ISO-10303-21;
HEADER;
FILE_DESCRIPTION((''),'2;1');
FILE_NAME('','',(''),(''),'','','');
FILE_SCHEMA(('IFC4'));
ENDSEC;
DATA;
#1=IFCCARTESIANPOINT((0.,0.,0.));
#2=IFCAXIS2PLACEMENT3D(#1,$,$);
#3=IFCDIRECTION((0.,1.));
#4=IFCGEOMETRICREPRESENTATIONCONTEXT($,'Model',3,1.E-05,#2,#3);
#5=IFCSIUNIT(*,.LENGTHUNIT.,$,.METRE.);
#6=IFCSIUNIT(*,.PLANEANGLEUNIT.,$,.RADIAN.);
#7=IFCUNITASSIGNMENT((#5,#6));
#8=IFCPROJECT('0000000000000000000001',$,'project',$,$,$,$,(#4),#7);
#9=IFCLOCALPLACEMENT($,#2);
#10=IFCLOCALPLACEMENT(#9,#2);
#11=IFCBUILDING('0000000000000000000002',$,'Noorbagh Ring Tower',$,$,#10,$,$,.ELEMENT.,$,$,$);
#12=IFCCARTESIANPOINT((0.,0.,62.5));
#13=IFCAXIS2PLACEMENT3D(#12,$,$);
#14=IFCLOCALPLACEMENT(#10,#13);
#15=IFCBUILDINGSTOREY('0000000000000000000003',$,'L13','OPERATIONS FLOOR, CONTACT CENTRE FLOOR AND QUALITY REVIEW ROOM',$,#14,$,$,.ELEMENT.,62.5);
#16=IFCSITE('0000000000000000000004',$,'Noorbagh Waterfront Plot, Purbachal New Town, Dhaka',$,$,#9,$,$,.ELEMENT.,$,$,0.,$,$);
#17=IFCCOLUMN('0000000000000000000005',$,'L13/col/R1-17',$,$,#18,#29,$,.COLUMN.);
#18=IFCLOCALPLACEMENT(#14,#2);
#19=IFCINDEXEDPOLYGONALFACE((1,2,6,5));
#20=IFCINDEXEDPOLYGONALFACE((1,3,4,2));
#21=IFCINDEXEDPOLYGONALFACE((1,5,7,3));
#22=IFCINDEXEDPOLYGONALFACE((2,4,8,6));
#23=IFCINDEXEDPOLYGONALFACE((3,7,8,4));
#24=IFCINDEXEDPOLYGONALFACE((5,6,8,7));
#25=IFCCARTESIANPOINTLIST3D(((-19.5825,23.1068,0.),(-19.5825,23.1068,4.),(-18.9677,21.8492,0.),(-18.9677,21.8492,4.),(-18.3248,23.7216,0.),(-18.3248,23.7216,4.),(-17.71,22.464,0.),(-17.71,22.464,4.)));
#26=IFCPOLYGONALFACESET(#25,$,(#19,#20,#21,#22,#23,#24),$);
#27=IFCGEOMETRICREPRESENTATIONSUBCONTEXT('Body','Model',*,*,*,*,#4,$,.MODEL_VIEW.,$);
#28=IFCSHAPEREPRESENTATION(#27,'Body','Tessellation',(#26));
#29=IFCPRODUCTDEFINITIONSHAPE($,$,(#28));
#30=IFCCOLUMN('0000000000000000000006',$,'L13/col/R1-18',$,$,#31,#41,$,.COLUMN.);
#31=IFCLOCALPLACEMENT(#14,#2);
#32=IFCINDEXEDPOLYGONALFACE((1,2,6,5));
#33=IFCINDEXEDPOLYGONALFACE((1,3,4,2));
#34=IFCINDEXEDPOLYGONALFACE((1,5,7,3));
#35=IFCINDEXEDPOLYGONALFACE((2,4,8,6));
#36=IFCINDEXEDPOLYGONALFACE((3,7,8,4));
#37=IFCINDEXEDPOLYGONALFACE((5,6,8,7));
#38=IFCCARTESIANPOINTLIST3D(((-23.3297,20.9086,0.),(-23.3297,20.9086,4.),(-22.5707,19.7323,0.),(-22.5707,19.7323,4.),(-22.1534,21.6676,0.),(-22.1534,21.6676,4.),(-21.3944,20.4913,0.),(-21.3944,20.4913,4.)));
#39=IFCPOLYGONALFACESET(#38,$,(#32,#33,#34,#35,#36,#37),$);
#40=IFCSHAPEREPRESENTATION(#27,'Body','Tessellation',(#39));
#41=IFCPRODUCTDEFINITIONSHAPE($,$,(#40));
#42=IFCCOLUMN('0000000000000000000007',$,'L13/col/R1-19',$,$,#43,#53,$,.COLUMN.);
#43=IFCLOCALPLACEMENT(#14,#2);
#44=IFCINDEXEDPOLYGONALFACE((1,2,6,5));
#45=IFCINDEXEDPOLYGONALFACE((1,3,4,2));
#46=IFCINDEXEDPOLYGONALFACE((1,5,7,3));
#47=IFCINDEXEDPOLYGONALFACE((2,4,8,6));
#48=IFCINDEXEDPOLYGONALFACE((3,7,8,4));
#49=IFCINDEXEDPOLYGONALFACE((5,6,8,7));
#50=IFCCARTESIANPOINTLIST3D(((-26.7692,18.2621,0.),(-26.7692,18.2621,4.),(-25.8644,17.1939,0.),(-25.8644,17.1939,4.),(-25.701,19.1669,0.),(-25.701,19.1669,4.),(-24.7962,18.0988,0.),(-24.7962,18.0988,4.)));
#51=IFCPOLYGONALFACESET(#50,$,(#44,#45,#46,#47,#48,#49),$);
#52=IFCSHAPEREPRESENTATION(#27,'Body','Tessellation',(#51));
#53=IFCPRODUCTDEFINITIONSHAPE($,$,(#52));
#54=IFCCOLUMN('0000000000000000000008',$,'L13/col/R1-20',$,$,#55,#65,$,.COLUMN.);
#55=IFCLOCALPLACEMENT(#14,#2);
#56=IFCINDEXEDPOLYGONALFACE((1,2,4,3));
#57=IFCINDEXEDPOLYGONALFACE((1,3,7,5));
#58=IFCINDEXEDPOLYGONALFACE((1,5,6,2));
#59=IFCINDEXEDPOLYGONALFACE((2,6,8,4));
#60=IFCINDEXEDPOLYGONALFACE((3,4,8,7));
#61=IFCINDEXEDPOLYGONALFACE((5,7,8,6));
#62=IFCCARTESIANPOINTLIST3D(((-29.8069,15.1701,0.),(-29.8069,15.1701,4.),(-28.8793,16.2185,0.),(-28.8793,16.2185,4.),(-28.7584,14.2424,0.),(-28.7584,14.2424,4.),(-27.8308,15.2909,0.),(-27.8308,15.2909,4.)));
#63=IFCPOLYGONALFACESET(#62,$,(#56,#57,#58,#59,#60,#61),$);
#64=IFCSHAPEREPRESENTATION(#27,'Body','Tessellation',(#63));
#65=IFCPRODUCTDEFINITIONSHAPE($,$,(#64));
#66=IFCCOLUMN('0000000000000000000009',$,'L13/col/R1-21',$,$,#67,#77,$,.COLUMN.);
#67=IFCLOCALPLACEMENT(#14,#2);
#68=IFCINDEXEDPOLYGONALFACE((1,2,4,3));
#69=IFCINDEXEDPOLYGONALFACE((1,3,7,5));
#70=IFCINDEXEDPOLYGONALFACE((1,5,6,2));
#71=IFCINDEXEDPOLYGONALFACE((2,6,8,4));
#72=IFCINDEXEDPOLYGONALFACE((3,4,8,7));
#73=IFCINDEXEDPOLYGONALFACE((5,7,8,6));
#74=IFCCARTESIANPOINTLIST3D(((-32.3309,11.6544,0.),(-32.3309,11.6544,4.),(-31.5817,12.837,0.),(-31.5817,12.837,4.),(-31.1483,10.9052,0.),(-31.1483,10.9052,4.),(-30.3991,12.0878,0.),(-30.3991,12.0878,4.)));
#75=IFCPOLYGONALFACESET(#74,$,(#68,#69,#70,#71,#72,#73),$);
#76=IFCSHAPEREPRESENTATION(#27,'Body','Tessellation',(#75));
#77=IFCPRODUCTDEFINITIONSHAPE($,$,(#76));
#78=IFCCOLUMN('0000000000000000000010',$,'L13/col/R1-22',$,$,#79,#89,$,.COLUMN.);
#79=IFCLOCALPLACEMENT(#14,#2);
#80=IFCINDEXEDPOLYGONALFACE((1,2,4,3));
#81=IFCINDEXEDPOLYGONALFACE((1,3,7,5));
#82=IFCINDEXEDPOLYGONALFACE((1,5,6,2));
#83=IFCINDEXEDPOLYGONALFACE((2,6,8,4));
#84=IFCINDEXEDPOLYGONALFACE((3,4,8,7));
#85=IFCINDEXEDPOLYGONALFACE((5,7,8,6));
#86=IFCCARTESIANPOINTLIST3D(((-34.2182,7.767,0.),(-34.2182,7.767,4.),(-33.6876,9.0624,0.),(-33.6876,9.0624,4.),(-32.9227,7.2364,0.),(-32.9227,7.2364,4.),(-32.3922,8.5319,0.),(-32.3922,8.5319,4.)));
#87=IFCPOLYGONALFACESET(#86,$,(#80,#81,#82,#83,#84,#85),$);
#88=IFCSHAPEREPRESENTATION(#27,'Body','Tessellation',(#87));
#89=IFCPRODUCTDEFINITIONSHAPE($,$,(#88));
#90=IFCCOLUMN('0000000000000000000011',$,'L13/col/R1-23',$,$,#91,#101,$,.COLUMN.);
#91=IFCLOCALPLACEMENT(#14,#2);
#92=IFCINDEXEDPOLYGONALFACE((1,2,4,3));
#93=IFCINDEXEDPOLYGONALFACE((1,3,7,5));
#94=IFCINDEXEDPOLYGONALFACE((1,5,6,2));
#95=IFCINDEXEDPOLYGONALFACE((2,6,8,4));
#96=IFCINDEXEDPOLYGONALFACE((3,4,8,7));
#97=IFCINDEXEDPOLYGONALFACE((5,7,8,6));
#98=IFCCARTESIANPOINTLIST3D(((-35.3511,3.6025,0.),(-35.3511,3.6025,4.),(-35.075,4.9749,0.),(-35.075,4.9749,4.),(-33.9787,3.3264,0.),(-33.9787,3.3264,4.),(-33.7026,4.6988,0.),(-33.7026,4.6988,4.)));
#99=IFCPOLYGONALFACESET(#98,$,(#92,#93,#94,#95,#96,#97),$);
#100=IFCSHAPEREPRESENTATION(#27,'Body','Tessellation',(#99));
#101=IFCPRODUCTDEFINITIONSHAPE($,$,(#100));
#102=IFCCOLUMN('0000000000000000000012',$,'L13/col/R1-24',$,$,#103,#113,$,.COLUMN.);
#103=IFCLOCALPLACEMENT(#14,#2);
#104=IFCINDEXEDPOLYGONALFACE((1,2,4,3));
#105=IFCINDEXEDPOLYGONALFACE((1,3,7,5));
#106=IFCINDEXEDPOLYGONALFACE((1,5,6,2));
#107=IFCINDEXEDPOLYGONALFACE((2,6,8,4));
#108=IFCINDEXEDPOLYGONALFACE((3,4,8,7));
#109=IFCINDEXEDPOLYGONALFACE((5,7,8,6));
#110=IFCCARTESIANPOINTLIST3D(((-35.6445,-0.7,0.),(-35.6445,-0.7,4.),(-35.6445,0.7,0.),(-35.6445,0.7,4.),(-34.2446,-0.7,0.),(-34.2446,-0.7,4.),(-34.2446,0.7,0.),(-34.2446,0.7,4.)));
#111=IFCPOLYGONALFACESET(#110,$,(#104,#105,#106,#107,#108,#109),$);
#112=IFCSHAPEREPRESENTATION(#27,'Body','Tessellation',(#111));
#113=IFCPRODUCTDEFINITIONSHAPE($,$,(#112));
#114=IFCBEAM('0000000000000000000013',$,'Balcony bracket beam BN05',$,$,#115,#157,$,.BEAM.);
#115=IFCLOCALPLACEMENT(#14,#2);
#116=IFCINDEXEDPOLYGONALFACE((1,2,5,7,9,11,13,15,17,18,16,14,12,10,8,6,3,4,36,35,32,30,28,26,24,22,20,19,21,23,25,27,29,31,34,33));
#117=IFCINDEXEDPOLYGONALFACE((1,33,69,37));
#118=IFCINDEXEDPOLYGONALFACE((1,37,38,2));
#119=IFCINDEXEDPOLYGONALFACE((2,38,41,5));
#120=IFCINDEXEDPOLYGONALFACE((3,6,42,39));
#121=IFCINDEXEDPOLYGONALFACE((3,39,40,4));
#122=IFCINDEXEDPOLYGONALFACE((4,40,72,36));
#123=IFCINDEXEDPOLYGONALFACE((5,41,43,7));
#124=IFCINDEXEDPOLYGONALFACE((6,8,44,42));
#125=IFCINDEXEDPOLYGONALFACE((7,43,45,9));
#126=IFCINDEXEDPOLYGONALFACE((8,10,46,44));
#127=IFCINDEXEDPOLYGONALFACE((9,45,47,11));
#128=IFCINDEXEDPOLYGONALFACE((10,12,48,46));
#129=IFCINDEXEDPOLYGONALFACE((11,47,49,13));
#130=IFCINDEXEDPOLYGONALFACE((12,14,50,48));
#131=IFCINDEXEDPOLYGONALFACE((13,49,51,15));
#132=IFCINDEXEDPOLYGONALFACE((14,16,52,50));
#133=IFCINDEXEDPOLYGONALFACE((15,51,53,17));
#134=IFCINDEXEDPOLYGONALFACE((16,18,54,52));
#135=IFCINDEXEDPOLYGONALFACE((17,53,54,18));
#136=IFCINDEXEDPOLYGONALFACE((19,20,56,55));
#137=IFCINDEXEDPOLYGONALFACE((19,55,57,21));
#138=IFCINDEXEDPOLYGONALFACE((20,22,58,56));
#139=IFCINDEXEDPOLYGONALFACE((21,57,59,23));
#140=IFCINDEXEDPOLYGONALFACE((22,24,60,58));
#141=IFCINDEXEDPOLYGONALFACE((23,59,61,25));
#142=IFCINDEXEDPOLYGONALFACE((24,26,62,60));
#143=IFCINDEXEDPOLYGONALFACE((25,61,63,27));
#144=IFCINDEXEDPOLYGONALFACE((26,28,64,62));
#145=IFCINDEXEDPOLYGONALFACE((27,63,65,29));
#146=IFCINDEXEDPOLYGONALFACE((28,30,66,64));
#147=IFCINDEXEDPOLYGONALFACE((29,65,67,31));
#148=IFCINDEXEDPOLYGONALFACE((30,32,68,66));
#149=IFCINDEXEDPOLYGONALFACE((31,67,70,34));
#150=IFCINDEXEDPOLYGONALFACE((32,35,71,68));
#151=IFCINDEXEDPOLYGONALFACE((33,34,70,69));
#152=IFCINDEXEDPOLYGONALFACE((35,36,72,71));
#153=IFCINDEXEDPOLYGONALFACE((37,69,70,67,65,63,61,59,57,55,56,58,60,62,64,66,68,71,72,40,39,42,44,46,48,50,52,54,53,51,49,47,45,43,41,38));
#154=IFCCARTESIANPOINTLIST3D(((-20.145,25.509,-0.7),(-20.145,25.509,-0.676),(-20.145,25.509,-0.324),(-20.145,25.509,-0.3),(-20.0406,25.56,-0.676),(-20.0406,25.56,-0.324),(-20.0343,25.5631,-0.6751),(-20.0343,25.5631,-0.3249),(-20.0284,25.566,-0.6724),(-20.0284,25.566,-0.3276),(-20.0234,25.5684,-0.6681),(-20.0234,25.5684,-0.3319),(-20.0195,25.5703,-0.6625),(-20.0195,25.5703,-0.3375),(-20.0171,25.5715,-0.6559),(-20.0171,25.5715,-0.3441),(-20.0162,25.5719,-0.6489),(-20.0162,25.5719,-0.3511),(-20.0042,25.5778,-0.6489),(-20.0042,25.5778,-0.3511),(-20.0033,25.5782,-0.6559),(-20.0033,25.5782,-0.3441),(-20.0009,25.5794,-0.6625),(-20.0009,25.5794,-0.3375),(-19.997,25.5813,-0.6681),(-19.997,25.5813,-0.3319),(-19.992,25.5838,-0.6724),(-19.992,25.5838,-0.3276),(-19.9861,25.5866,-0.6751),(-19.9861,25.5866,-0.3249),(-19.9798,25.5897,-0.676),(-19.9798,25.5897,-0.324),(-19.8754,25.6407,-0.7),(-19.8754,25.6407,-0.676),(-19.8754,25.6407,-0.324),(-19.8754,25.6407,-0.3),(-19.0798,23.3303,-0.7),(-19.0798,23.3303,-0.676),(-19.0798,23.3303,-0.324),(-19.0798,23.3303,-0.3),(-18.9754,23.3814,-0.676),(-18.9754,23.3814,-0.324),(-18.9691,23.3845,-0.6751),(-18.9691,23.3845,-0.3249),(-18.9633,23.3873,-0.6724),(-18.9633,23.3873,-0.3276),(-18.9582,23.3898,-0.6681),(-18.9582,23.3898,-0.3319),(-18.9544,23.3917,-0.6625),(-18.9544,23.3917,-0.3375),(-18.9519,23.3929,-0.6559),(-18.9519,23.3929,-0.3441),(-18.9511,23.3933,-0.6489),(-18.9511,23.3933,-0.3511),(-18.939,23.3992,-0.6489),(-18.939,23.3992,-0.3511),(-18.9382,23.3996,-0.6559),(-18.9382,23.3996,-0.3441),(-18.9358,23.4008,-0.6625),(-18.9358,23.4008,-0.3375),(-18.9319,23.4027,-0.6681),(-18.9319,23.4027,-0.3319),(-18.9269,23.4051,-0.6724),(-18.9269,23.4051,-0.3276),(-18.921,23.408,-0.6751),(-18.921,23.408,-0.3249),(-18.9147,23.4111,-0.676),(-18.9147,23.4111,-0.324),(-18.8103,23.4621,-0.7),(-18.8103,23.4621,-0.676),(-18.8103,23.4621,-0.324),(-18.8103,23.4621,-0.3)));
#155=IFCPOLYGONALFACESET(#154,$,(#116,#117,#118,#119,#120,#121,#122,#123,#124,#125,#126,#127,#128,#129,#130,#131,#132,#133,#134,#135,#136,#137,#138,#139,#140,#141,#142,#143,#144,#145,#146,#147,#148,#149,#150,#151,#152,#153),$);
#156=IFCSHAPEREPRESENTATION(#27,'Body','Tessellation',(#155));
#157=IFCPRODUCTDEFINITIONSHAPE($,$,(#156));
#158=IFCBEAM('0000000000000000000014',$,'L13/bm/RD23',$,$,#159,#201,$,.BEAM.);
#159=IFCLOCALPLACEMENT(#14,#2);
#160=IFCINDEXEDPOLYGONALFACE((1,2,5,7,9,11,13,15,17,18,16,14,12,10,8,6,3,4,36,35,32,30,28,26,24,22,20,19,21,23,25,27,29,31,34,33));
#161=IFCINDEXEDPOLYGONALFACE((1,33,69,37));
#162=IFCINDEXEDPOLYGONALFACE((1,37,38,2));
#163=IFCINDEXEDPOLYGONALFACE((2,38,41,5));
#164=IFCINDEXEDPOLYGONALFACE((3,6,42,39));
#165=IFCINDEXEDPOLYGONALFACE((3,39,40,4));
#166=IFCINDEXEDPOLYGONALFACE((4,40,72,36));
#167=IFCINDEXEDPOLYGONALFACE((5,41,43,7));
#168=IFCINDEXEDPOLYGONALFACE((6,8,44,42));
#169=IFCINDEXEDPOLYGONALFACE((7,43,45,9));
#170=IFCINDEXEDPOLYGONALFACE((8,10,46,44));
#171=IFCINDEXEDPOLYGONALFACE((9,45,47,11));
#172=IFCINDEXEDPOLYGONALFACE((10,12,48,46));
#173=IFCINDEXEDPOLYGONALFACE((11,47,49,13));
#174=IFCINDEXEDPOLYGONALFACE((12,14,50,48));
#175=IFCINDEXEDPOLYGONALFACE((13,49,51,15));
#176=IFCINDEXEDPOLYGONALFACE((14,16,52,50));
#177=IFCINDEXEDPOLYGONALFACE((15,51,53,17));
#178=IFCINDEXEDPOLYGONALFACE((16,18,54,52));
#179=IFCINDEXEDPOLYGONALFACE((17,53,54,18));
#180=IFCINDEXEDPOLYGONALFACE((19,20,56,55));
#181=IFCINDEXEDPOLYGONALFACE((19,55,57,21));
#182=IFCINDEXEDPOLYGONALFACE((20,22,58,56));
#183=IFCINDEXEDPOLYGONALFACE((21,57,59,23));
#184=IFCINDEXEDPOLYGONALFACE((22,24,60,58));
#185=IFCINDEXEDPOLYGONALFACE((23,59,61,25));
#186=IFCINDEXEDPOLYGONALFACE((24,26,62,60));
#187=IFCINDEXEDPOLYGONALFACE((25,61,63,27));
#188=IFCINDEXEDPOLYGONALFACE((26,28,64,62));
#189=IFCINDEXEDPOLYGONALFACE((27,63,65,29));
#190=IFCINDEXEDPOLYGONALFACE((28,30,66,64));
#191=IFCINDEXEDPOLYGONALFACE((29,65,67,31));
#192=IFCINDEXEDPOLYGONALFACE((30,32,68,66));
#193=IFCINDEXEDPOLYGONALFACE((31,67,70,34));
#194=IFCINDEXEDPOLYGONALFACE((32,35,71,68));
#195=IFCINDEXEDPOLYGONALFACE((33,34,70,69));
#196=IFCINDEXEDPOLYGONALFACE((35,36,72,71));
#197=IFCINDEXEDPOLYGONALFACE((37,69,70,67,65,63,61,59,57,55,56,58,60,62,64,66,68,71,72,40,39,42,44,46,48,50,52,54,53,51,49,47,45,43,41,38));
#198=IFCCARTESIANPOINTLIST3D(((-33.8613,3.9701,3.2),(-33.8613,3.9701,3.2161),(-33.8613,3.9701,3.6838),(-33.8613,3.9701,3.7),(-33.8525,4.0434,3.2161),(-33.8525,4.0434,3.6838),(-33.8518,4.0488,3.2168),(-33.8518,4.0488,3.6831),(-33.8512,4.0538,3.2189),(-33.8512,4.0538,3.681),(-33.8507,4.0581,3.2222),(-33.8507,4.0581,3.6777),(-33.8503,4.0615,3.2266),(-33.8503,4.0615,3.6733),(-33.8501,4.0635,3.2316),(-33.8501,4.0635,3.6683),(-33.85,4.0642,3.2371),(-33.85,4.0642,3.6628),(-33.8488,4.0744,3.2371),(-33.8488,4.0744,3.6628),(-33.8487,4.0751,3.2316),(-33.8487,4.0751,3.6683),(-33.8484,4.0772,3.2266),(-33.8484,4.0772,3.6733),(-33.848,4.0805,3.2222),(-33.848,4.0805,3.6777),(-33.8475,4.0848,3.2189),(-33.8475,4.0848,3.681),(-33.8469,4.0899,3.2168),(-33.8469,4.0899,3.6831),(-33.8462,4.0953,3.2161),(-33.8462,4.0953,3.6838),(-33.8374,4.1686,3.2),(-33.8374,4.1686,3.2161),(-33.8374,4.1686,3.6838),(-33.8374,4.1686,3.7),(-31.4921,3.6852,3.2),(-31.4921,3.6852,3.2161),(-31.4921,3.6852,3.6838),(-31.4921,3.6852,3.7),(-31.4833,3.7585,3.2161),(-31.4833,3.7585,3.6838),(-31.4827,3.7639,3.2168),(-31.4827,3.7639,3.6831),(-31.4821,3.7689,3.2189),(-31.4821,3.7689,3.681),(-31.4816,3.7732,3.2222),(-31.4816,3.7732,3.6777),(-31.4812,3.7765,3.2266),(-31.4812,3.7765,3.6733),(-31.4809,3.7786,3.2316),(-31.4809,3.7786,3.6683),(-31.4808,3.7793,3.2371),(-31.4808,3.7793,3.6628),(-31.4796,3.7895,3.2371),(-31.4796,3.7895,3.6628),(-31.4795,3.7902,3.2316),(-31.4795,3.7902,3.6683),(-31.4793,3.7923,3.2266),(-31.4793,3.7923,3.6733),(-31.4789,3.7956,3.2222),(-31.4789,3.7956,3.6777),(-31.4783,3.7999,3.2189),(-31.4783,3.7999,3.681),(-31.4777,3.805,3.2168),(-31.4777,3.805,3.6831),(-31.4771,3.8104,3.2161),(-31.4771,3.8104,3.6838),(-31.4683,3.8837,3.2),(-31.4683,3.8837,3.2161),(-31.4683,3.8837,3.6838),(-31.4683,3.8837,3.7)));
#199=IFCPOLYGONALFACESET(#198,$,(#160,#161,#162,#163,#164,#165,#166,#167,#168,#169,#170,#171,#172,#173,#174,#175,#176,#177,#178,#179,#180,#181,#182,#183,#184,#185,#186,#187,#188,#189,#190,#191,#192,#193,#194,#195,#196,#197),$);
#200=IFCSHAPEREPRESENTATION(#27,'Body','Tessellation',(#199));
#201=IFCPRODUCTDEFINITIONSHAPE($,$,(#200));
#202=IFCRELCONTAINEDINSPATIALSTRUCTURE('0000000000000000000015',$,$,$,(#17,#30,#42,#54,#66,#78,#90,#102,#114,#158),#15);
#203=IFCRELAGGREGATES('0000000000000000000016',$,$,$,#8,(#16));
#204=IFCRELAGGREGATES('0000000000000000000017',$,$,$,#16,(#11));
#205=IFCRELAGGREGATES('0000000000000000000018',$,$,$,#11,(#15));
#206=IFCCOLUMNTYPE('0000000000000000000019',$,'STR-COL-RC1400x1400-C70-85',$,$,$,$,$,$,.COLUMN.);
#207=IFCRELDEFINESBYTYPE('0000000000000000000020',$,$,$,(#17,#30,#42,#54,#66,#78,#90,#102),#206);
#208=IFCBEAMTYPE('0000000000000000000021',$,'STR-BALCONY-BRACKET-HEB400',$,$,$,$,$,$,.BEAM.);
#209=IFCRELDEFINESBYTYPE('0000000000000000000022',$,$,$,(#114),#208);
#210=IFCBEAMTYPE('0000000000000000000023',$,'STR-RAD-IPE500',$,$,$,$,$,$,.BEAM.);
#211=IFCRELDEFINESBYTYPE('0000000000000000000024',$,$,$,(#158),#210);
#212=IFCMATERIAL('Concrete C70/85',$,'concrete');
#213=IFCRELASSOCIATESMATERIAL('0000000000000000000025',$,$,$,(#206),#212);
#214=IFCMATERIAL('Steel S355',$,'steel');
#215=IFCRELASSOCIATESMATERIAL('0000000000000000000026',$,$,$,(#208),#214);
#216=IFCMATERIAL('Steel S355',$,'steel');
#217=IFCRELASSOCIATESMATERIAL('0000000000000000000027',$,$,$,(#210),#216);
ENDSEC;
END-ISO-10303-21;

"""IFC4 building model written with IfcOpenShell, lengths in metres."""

from ifc_helpers import new_model, si_unit, direction, frame, origin, origin_2d, place, context, subcontext, project, spatial, rectangle, i_section, extrude, material, material_profile, profile_set, type_object, element, save


model = new_model("IFC4")

# Units and contexts
model_context = context("Model", 3, precision=1e-05, world=origin(), true_north=direction((0.0, 1.0)))
body_context = subcontext(model_context, "Body", "Model", "MODEL_VIEW")
ifc_project = project(units=[si_unit("LENGTHUNIT", "METRE"), si_unit("PLANEANGLEUNIT", "RADIAN")], contexts=[model_context])

# Site, building, storey
site_placement = place(None, origin())
site = spatial("IfcSite", under=ifc_project, at=site_placement, Name="Noorbagh Waterfront Plot, Purbachal New Town, Dhaka", CompositionType="ELEMENT", RefElevation=0.0)
building_placement = place(site_placement, origin())
building = spatial("IfcBuilding", under=site, at=building_placement, Name="Noorbagh Ring Tower", CompositionType="ELEMENT")
storey_placement = place(building_placement, frame((0.0, 0.0, 62.5)))
storey = spatial("IfcBuildingStorey", under=building, at=storey_placement, Name="L13", Description="OPERATIONS FLOOR, CONTACT CENTRE FLOOR AND QUALITY REVIEW ROOM", CompositionType="ELEMENT", Elevation=62.5)

# Columns
ifc_material_1 = material(Name="Concrete C70/85", Category="concrete")
ifc_material_profile_1 = material_profile(ifc_material_1, rectangle(XDim=1.3999, YDim=1.3999, at=origin_2d()), Name="RC1400x1400")
ifc_profile_set_1 = profile_set([ifc_material_profile_1], Name="Concrete C70/85")
column_type = type_object("IfcColumnType", Name="STR-COL-RC1400x1400-C70-85", PredefinedType="COLUMN", material=ifc_profile_set_1)
for number, where, z_axis, x_axis, name in (
    (1, (-18.6462, 22.7854, 0.0), (0.0, 0.0, 1.0), (-0.898399, -0.43918, 0.0), "L13/col/R1-17"),
    (2, (-22.3621, 20.7, 0.0), (0.0, 0.0, 1.0), (-0.840248, -0.542203, 0.0), "L13/col/R1-18"),
    (3, (-25.7827, 18.1804, 0.0), (0.0, 0.0, 1.0), (-0.763035, -0.646357, 0.0), "L13/col/R1-19"),
    (4, (-28.8188, 15.2305, 0.0), (0.0, 0.0, 1.0), (-0.662636, -0.748942, 0.0), "L13/col/R1-20"),
    (5, (-31.365, 11.8711, 0.0), (0.0, 0.0, 1.0), (-0.53519, -0.844731, 0.0), "L13/col/R1-21"),
    (6, (-33.3052, 8.1494, 0.0), (0.0, 0.0, 1.0), (-0.378989, -0.925401, 0.0), "L13/col/R1-22"),
    (7, (-34.5269, 4.1506, 0.0), (0.0, 0.0, 1.0), (-0.19723, -0.980357, 0.0), "L13/col/R1-23"),
    (8, (-34.9446, 0.0, 0.0), (0.0, 0.0, 1.0), (0.0, -1.0, 0.0), "L13/col/R1-24"),
):
    element("IfcColumn", number, at=place(storey_placement, frame(where, z_axis=z_axis, x_axis=x_axis)), inside=storey, type_object=column_type, Name=name, PredefinedType="COLUMN", context=body_context, shape_type="SweptSolid", body=[
        extrude(rectangle(XDim=1.3999, YDim=1.3999, at=origin_2d()), origin(), (0.0, 0.0, 1.0), 4.0),
    ])

# Beams
ifc_material_2 = material(Name="Steel S355", Category="steel")
ifc_material_profile_2 = material_profile(ifc_material_2, i_section(OverallWidth=0.3, OverallDepth=0.3999, WebThickness=0.0134, FlangeThickness=0.0239, FilletRadius=0.0271, at=origin_2d()), Name="HEB400")
ifc_profile_set_2 = profile_set([ifc_material_profile_2], Name="Steel S355")
beam_type_1 = type_object("IfcBeamType", Name="STR-BALCONY-BRACKET-HEB400", PredefinedType="BEAM", material=ifc_profile_set_2)
beam_1_placement = place(storey_placement, frame((-18.9451, 23.3962, -0.5), z_axis=(-0.439223, 0.898378, 0.0), x_axis=(-0.898378, -0.439223, 0.0)))
element("IfcBeam", 9, at=beam_1_placement, inside=storey, type_object=beam_type_1, Name="Balcony bracket beam BN05", PredefinedType="BEAM", context=body_context, shape_type="SweptSolid", body=[
    extrude(i_section(OverallWidth=0.3, OverallDepth=0.3999, WebThickness=0.0134, FlangeThickness=0.0239, FilletRadius=0.0271, at=origin_2d()), origin(), (0.0, 0.0, 1.0), 2.425),
])
ifc_material_3 = material(Name="Steel S355", Category="steel")
ifc_material_profile_3 = material_profile(ifc_material_3, i_section(OverallWidth=0.2, OverallDepth=0.5, WebThickness=0.0103, FlangeThickness=0.0161, FilletRadius=0.021, at=origin_2d()), Name="IPE500")
ifc_profile_set_3 = profile_set([ifc_material_profile_3], Name="Steel S355")
beam_type_2 = type_object("IfcBeamType", Name="STR-RAD-IPE500", PredefinedType="BEAM", material=ifc_profile_set_3)
beam_2_placement = place(storey_placement, frame((-33.8494, 4.0693, 3.45), z_axis=(0.992846, -0.119399, 0.0), x_axis=(0.119399, 0.992846, 0.0)))
element("IfcBeam", 10, at=beam_2_placement, inside=storey, type_object=beam_type_2, Name="L13/bm/RD23", PredefinedType="BEAM", context=body_context, shape_type="SweptSolid", body=[
    extrude(i_section(OverallWidth=0.2, OverallDepth=0.5, WebThickness=0.0103, FlangeThickness=0.0161, FilletRadius=0.021, at=origin_2d()), origin(), (0.0, 0.0, 1.0), 2.3862),
])

save(model, "model.ifc")
